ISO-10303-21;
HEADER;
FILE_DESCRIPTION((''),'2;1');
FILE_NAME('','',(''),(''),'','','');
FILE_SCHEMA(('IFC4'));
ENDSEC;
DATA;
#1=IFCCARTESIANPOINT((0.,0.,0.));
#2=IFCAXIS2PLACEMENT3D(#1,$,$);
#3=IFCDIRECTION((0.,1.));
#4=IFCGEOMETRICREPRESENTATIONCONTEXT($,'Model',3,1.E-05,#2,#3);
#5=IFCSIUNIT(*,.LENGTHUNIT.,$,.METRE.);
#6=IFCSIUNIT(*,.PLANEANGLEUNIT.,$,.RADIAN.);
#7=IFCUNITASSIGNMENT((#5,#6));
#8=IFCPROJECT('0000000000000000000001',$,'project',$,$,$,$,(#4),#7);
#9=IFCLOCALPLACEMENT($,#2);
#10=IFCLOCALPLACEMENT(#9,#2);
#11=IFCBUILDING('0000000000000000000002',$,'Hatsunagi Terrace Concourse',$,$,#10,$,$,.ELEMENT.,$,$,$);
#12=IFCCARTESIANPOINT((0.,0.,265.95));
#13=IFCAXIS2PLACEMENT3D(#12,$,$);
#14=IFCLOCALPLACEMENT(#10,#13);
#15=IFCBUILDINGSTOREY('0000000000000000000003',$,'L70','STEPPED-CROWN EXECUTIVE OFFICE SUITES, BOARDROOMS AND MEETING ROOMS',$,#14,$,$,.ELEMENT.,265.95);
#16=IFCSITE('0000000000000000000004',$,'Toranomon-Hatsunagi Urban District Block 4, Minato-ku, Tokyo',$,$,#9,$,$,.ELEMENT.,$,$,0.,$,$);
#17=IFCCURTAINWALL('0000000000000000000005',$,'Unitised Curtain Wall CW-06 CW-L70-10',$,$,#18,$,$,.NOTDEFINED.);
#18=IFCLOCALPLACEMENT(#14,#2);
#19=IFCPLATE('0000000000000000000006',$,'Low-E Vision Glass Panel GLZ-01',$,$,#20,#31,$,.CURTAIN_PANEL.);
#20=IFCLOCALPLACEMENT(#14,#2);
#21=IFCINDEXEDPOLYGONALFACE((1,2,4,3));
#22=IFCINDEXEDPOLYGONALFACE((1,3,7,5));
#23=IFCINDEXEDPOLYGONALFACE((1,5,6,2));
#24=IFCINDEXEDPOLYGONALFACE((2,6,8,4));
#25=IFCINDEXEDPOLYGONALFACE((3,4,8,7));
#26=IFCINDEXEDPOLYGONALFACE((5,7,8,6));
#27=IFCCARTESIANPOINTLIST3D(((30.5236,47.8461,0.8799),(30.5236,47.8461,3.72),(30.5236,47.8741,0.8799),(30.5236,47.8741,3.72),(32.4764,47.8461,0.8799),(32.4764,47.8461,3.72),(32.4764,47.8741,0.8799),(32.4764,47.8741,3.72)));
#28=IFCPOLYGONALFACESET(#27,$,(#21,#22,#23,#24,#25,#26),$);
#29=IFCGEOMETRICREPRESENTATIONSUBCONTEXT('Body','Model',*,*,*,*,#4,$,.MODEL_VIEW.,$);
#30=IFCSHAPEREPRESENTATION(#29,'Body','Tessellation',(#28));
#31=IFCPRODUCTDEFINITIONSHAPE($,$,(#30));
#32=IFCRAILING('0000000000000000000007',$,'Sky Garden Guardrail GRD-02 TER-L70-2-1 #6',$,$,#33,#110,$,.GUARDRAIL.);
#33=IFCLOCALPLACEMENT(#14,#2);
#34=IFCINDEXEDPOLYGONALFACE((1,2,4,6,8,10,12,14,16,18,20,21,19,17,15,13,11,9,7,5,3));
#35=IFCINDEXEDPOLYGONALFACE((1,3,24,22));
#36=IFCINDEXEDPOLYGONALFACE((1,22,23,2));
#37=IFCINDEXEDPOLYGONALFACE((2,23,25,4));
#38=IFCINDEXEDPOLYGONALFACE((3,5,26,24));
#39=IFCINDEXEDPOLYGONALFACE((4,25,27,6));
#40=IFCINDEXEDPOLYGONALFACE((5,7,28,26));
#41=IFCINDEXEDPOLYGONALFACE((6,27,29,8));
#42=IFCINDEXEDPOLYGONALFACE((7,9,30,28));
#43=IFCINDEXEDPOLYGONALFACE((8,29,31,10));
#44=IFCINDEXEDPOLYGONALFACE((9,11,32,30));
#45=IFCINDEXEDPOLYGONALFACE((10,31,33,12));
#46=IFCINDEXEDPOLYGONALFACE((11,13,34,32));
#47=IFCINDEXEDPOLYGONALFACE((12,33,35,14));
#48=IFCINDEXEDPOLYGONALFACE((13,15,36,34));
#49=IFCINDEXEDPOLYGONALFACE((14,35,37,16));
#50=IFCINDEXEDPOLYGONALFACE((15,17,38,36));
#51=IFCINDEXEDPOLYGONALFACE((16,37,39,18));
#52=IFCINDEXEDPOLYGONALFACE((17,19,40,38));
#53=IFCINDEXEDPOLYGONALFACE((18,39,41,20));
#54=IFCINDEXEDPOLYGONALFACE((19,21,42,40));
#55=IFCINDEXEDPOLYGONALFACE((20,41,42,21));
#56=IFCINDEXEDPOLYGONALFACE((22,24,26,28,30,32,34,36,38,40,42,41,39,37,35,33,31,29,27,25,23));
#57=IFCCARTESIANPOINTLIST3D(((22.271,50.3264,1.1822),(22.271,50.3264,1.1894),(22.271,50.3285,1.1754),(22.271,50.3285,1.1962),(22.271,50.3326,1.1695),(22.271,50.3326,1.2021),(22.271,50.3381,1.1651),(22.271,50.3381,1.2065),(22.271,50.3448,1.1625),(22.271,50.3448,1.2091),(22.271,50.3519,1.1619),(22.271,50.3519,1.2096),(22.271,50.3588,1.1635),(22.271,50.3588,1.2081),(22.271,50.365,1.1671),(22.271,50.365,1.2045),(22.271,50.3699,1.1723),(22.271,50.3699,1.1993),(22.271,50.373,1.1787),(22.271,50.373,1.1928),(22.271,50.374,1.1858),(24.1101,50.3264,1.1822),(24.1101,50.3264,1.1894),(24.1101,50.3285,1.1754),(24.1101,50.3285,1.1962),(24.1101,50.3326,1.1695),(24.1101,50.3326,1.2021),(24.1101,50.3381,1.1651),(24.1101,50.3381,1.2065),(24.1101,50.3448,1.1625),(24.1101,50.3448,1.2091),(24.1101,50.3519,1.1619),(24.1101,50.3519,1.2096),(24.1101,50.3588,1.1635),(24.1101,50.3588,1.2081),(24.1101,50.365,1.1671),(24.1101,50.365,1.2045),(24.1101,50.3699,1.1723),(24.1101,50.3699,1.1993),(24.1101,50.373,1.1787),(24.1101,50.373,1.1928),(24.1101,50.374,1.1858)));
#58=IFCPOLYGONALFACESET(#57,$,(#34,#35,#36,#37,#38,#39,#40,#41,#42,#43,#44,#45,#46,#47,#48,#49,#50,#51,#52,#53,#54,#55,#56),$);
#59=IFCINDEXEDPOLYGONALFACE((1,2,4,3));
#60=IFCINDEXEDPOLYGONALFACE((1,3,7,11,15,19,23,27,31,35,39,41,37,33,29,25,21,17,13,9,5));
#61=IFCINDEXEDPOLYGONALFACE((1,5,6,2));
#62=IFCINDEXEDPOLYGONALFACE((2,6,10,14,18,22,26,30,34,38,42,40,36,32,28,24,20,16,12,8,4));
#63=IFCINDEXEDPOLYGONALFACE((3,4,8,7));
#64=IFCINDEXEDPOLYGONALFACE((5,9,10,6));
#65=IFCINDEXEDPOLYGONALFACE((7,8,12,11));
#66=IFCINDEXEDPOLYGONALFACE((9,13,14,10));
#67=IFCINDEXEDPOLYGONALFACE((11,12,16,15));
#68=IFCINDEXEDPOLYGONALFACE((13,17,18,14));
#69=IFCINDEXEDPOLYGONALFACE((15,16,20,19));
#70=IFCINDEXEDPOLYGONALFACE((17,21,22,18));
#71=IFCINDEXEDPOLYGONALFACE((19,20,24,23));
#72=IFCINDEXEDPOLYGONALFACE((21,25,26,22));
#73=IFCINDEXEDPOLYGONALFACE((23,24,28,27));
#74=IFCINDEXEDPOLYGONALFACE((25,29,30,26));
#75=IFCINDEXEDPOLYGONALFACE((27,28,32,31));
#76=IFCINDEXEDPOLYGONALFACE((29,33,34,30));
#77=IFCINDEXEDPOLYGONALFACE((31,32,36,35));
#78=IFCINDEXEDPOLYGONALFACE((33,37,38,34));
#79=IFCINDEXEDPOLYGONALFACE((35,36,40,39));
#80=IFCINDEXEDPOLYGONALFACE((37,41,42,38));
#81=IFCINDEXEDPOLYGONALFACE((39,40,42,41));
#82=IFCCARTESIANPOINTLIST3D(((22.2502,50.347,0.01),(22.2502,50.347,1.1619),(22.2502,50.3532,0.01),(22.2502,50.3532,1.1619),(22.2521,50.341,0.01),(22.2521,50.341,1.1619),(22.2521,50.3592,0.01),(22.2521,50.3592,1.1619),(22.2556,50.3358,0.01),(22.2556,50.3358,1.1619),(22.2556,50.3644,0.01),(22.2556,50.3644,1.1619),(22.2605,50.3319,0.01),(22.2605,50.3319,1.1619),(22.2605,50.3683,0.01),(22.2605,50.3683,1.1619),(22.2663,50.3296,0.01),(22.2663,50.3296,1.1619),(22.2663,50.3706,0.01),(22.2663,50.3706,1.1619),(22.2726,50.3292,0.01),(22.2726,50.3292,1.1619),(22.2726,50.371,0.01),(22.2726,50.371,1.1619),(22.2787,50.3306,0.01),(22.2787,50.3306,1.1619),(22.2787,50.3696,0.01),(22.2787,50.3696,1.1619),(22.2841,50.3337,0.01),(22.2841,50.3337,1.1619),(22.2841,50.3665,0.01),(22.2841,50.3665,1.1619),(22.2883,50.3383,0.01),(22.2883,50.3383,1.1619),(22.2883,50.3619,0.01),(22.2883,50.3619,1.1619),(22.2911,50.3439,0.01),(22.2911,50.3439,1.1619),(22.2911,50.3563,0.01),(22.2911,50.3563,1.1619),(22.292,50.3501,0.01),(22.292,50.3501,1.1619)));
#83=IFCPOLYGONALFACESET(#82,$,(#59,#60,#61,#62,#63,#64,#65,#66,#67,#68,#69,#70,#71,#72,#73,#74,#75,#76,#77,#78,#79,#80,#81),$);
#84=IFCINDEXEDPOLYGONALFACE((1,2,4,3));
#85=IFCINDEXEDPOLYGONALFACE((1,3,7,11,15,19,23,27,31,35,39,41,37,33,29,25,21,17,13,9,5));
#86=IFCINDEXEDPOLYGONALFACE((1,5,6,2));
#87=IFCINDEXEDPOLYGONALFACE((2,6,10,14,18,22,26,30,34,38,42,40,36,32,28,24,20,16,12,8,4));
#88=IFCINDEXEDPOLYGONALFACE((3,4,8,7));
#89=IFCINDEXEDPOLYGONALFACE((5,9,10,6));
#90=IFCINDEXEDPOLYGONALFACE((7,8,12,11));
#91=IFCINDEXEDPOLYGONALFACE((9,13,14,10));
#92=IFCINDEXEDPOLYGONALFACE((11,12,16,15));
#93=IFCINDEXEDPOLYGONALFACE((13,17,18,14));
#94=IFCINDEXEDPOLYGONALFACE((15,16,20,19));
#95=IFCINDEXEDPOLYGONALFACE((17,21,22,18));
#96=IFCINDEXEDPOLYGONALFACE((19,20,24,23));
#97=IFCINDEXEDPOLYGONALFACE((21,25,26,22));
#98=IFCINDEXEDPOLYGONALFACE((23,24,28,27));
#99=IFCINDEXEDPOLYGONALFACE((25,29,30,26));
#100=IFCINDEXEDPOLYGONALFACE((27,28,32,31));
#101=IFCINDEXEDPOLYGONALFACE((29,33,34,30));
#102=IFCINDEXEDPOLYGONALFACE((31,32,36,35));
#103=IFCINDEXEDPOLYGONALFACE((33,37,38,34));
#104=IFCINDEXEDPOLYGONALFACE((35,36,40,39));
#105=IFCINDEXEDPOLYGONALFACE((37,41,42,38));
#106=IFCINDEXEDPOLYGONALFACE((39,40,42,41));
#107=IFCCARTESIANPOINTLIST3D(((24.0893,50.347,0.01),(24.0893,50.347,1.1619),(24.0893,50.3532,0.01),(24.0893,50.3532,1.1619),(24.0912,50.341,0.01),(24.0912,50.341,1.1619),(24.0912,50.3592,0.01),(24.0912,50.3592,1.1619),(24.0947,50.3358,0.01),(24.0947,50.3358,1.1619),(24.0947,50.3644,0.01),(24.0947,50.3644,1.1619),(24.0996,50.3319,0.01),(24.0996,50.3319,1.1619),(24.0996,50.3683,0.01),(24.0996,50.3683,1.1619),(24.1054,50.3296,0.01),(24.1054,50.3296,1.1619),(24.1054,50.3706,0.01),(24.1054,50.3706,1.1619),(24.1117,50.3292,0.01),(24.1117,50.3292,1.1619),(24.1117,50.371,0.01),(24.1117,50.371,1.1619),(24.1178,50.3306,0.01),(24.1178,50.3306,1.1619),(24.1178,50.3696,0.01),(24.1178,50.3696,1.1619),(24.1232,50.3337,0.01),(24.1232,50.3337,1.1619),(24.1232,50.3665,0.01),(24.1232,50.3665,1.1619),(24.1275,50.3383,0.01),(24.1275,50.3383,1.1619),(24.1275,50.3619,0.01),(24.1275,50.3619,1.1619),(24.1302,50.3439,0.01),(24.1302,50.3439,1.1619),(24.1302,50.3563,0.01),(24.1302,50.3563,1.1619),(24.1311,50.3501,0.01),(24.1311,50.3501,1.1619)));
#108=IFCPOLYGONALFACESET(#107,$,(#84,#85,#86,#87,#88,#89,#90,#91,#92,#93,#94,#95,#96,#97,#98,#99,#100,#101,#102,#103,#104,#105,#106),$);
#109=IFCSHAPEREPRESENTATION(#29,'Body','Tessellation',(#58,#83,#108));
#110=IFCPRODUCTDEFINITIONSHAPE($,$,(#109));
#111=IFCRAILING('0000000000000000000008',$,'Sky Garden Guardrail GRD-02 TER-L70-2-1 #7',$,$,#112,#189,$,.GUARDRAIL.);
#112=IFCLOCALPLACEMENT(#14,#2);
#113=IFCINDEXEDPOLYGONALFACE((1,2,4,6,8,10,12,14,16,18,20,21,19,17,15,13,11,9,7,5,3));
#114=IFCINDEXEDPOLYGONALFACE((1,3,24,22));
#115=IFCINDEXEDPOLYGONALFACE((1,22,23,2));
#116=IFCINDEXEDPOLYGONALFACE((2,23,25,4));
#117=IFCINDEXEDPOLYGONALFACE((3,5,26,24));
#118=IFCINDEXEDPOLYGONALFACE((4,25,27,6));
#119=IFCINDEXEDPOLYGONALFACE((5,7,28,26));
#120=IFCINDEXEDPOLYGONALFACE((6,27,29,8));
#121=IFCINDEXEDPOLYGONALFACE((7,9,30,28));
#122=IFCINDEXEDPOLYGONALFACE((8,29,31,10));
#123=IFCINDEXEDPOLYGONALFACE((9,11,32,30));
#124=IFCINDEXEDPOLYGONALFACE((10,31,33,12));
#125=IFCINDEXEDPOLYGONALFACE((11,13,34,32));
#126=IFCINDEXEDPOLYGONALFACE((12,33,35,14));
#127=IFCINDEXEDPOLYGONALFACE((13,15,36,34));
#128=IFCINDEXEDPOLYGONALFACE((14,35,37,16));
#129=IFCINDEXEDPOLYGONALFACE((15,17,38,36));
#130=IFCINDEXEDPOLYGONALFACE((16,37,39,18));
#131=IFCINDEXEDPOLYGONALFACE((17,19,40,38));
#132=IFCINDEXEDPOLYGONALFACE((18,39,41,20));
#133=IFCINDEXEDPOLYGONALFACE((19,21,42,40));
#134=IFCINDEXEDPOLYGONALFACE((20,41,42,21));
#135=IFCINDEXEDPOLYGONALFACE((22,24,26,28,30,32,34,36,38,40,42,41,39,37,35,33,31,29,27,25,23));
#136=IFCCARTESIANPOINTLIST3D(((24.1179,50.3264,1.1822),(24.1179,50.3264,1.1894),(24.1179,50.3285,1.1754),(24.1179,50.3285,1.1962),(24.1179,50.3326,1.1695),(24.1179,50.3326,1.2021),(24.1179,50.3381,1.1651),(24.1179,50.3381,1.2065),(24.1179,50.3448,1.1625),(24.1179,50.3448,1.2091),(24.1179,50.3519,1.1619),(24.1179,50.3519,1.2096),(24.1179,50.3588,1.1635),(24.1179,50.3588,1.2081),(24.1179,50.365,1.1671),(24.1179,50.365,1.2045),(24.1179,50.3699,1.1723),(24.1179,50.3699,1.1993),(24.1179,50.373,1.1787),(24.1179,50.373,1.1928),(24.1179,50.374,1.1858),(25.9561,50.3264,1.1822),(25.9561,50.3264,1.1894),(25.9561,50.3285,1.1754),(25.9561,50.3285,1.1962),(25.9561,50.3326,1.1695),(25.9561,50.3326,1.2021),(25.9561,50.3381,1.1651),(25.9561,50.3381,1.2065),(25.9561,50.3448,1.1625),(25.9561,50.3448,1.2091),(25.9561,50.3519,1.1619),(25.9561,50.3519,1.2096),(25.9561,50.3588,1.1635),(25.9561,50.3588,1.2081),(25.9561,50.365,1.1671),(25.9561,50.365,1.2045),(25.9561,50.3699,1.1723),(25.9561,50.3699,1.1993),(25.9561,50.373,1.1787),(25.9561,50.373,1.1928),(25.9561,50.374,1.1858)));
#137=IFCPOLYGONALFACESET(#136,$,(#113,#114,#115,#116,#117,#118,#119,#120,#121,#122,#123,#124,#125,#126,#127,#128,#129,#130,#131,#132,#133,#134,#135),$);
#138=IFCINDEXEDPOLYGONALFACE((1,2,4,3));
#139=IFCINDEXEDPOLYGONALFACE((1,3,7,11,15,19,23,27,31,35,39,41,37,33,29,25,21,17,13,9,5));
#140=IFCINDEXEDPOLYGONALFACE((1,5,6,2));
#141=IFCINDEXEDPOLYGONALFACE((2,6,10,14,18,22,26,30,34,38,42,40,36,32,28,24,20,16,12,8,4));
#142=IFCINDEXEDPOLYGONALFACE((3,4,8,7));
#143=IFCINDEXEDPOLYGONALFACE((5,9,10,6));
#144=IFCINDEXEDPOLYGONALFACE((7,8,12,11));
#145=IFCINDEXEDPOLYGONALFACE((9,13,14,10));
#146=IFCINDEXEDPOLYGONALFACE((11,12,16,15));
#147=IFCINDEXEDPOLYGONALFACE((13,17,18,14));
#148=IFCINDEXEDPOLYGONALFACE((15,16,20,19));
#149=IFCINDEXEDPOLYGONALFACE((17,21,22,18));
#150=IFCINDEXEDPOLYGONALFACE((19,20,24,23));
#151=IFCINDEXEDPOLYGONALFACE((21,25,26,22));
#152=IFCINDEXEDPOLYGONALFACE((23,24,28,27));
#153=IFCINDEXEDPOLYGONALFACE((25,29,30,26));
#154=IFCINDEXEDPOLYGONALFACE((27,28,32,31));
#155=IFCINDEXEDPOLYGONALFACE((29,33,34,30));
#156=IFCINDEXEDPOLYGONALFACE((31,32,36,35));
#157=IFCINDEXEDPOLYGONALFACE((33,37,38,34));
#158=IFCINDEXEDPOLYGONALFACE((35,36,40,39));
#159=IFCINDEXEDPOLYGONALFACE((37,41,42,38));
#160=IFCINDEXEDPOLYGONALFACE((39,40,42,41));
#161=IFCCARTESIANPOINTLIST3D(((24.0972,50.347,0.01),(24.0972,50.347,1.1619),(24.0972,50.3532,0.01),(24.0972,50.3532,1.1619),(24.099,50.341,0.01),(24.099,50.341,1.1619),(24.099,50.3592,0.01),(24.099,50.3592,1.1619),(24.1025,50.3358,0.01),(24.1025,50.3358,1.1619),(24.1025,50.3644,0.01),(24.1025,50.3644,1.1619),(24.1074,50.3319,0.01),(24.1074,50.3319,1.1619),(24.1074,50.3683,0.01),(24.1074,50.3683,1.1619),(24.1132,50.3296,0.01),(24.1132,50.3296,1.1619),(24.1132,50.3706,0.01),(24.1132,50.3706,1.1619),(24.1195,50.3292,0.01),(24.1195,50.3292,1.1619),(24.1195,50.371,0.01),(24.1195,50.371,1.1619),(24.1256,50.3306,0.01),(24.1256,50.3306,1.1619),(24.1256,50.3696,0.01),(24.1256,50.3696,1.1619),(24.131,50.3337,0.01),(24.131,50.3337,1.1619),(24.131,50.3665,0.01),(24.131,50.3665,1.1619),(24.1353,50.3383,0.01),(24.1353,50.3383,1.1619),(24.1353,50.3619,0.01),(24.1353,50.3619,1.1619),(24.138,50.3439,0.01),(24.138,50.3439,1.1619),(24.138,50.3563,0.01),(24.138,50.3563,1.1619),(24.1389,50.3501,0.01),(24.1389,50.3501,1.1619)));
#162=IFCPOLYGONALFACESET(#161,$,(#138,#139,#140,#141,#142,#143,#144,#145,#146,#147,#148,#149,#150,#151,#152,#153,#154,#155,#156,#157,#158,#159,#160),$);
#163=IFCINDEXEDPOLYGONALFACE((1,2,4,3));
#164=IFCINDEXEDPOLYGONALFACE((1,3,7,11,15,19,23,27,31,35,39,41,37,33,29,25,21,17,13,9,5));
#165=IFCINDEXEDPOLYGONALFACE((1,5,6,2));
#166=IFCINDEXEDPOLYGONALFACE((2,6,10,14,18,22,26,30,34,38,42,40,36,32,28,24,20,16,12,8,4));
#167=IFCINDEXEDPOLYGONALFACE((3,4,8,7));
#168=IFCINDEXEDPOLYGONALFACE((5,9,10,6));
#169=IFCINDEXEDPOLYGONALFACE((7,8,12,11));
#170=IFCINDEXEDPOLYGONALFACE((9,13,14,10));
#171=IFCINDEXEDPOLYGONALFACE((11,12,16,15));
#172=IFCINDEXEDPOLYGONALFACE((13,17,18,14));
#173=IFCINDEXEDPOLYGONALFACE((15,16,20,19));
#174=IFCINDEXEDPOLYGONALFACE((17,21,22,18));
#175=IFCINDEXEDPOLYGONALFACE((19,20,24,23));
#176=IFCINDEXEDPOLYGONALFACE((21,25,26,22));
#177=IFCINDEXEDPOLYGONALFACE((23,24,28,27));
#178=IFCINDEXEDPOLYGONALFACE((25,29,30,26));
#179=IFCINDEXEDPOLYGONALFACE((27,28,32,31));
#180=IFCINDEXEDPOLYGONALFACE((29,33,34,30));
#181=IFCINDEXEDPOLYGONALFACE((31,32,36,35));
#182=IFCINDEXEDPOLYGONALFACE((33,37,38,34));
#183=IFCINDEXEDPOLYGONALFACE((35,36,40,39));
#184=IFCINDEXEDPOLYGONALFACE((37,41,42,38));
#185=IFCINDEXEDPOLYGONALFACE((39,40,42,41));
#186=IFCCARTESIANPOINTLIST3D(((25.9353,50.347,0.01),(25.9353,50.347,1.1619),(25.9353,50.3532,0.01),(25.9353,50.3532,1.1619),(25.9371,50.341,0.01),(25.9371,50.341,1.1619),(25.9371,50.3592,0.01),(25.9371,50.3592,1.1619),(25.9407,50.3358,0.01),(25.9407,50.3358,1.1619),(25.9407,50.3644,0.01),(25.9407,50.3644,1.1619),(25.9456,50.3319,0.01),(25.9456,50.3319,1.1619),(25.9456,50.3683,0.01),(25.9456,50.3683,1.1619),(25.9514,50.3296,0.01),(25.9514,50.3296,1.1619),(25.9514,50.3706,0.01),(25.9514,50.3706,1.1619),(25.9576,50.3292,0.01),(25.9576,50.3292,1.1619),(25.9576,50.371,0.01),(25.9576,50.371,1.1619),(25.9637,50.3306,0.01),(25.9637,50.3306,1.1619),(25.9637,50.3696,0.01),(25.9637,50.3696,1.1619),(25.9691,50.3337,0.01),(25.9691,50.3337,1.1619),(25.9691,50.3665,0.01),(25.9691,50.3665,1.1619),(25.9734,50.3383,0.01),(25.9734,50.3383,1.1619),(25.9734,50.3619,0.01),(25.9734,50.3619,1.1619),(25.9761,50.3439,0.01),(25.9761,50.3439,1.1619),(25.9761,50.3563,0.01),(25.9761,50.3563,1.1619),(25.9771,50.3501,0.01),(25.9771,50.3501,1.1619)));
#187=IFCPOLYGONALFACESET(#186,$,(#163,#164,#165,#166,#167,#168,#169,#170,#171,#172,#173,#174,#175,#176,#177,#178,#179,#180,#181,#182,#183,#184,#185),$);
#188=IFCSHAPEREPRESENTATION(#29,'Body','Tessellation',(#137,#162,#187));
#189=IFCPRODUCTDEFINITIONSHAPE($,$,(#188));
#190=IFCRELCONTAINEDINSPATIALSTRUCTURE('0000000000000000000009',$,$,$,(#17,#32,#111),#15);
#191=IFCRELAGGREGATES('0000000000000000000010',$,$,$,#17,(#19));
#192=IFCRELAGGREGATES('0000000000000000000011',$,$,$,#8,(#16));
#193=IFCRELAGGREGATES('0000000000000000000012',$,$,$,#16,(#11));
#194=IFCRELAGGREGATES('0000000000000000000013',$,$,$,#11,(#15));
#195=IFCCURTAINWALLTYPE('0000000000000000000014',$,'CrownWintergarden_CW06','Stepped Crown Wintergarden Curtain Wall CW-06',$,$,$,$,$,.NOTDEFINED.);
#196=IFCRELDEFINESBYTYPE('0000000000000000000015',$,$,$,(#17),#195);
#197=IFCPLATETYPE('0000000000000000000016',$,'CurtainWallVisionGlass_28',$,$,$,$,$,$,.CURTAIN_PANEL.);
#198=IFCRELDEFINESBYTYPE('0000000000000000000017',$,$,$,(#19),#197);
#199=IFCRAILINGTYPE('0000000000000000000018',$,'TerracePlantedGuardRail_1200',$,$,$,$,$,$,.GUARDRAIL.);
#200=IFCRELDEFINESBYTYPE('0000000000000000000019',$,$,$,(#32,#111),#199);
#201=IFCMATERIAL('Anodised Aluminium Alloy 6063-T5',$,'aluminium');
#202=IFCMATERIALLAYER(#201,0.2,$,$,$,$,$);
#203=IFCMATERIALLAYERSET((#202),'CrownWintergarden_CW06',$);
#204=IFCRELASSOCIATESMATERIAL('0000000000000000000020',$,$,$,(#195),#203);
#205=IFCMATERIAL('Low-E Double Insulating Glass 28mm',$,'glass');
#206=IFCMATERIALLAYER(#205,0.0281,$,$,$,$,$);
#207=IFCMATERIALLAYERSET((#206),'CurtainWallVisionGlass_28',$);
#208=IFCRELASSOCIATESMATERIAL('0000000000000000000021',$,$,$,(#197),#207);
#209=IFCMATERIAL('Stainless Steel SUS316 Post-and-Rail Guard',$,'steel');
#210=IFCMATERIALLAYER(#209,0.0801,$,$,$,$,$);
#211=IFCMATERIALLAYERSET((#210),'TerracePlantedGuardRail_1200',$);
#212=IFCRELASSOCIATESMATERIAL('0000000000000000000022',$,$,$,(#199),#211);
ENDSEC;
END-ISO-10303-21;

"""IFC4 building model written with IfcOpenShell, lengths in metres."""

from ifc_helpers import new_model, si_unit, direction, frame, origin, origin_2d, place, context, subcontext, project, spatial, rectangle, circle, extrude, material, layer, layer_set, type_object, element, aggregate, save


model = new_model("IFC4")

# Units and contexts
model_context = context("Model", 3, precision=1e-05, world=origin(), true_north=direction((0.0, 1.0)))
body_context = subcontext(model_context, "Body", "Model", "MODEL_VIEW")
ifc_project = project(units=[si_unit("LENGTHUNIT", "METRE"), si_unit("PLANEANGLEUNIT", "RADIAN")], contexts=[model_context])

# Site, building, storey
site_placement = place(None, origin())
site = spatial("IfcSite", under=ifc_project, at=site_placement, Name="Toranomon-Hatsunagi Urban District Block 4, Minato-ku, Tokyo", CompositionType="ELEMENT", RefElevation=0.0)
building_placement = place(site_placement, origin())
building = spatial("IfcBuilding", under=site, at=building_placement, Name="Hatsunagi Terrace Concourse", CompositionType="ELEMENT")
storey_placement = place(building_placement, frame((0.0, 0.0, 265.95)))
storey = spatial("IfcBuildingStorey", under=building, at=storey_placement, Name="L70", Description="STEPPED-CROWN EXECUTIVE OFFICE SUITES, BOARDROOMS AND MEETING ROOMS", CompositionType="ELEMENT", Elevation=265.95)

# Curtain wall, plate
ifc_material_1 = material(Name="Anodised Aluminium Alloy 6063-T5", Category="aluminium")
ifc_layer_1 = layer(ifc_material_1, 0.2)
ifc_layer_set_1 = layer_set([ifc_layer_1], Name="CrownWintergarden_CW06")
curtain_wall_type = type_object("IfcCurtainWallType", Name="CrownWintergarden_CW06", Description="Stepped Crown Wintergarden Curtain Wall CW-06", PredefinedType="NOTDEFINED", material=ifc_layer_set_1)
curtain_wall_placement = place(storey_placement, origin())
curtain_wall = element("IfcCurtainWall", 1, at=curtain_wall_placement, inside=storey, type_object=curtain_wall_type, Name="Unitised Curtain Wall CW-06 CW-L70-10", PredefinedType="NOTDEFINED")
ifc_material_2 = material(Name="Low-E Double Insulating Glass 28mm", Category="glass")
ifc_layer_2 = layer(ifc_material_2, 0.0281)
ifc_layer_set_2 = layer_set([ifc_layer_2], Name="CurtainWallVisionGlass_28")
plate_type_1 = type_object("IfcPlateType", Name="CurtainWallVisionGlass_28", PredefinedType="CURTAIN_PANEL", material=ifc_layer_set_2)
plate_1_placement = place(storey_placement, frame((31.5, 47.8601, 0.8799), z_axis=(0.0, 0.0, 1.0), x_axis=(1.0, 0.0, 0.0)))
plate_1 = element("IfcPlate", 2, at=plate_1_placement, type_object=plate_type_1, Name="Low-E Vision Glass Panel GLZ-01", PredefinedType="CURTAIN_PANEL", context=body_context, shape_type="SweptSolid", body=[
    extrude(rectangle(XDim=1.9529, YDim=0.0281, at=origin_2d()), origin(), (0.0, 0.0, 1.0), 2.8401),
])
aggregate(curtain_wall, [plate_1])

# Railings
ifc_material_3 = material(Name="Stainless Steel SUS316 Post-and-Rail Guard", Category="steel")
ifc_layer_3 = layer(ifc_material_3, 0.0801)
ifc_layer_set_3 = layer_set([ifc_layer_3], Name="TerracePlantedGuardRail_1200")
railing_type = type_object("IfcRailingType", Name="TerracePlantedGuardRail_1200", PredefinedType="GUARDRAIL", material=ifc_layer_set_3)
railing_1_placement = place(storey_placement, frame((22.271, 50.3501, 0.01)))
element("IfcRailing", 3, at=railing_1_placement, inside=storey, type_object=railing_type, Name="Sky Garden Guardrail GRD-02 TER-L70-2-1 #6", PredefinedType="GUARDRAIL", context=body_context, shape_type="SweptSolid", body=[
    extrude(circle(Radius=0.0239, at=origin_2d()), frame((0.0, 0.0, 1.1758), z_axis=(1.0, 0.0, 0.0), x_axis=(0.0, 1.0, 0.0)), (0.0, 0.0, 1.0), 1.8391),
    extrude(circle(Radius=0.021, at=origin_2d()), origin(), (0.0, 0.0, 1.0), 1.1519),
    extrude(circle(Radius=0.021, at=origin_2d()), frame((1.8391, 0.0, 0.0)), (0.0, 0.0, 1.0), 1.1519),
])
railing_2_placement = place(storey_placement, frame((24.1179, 50.3501, 0.01)))
element("IfcRailing", 4, at=railing_2_placement, inside=storey, type_object=railing_type, Name="Sky Garden Guardrail GRD-02 TER-L70-2-1 #7", PredefinedType="GUARDRAIL", context=body_context, shape_type="SweptSolid", body=[
    extrude(circle(Radius=0.0239, at=origin_2d()), frame((0.0, 0.0, 1.1758), z_axis=(1.0, 0.0, 0.0), x_axis=(0.0, 1.0, 0.0)), (0.0, 0.0, 1.0), 1.8381),
    extrude(circle(Radius=0.021, at=origin_2d()), origin(), (0.0, 0.0, 1.0), 1.1519),
    extrude(circle(Radius=0.021, at=origin_2d()), frame((1.8381, 0.0, 0.0)), (0.0, 0.0, 1.0), 1.1519),
])

save(model, "model.ifc")
